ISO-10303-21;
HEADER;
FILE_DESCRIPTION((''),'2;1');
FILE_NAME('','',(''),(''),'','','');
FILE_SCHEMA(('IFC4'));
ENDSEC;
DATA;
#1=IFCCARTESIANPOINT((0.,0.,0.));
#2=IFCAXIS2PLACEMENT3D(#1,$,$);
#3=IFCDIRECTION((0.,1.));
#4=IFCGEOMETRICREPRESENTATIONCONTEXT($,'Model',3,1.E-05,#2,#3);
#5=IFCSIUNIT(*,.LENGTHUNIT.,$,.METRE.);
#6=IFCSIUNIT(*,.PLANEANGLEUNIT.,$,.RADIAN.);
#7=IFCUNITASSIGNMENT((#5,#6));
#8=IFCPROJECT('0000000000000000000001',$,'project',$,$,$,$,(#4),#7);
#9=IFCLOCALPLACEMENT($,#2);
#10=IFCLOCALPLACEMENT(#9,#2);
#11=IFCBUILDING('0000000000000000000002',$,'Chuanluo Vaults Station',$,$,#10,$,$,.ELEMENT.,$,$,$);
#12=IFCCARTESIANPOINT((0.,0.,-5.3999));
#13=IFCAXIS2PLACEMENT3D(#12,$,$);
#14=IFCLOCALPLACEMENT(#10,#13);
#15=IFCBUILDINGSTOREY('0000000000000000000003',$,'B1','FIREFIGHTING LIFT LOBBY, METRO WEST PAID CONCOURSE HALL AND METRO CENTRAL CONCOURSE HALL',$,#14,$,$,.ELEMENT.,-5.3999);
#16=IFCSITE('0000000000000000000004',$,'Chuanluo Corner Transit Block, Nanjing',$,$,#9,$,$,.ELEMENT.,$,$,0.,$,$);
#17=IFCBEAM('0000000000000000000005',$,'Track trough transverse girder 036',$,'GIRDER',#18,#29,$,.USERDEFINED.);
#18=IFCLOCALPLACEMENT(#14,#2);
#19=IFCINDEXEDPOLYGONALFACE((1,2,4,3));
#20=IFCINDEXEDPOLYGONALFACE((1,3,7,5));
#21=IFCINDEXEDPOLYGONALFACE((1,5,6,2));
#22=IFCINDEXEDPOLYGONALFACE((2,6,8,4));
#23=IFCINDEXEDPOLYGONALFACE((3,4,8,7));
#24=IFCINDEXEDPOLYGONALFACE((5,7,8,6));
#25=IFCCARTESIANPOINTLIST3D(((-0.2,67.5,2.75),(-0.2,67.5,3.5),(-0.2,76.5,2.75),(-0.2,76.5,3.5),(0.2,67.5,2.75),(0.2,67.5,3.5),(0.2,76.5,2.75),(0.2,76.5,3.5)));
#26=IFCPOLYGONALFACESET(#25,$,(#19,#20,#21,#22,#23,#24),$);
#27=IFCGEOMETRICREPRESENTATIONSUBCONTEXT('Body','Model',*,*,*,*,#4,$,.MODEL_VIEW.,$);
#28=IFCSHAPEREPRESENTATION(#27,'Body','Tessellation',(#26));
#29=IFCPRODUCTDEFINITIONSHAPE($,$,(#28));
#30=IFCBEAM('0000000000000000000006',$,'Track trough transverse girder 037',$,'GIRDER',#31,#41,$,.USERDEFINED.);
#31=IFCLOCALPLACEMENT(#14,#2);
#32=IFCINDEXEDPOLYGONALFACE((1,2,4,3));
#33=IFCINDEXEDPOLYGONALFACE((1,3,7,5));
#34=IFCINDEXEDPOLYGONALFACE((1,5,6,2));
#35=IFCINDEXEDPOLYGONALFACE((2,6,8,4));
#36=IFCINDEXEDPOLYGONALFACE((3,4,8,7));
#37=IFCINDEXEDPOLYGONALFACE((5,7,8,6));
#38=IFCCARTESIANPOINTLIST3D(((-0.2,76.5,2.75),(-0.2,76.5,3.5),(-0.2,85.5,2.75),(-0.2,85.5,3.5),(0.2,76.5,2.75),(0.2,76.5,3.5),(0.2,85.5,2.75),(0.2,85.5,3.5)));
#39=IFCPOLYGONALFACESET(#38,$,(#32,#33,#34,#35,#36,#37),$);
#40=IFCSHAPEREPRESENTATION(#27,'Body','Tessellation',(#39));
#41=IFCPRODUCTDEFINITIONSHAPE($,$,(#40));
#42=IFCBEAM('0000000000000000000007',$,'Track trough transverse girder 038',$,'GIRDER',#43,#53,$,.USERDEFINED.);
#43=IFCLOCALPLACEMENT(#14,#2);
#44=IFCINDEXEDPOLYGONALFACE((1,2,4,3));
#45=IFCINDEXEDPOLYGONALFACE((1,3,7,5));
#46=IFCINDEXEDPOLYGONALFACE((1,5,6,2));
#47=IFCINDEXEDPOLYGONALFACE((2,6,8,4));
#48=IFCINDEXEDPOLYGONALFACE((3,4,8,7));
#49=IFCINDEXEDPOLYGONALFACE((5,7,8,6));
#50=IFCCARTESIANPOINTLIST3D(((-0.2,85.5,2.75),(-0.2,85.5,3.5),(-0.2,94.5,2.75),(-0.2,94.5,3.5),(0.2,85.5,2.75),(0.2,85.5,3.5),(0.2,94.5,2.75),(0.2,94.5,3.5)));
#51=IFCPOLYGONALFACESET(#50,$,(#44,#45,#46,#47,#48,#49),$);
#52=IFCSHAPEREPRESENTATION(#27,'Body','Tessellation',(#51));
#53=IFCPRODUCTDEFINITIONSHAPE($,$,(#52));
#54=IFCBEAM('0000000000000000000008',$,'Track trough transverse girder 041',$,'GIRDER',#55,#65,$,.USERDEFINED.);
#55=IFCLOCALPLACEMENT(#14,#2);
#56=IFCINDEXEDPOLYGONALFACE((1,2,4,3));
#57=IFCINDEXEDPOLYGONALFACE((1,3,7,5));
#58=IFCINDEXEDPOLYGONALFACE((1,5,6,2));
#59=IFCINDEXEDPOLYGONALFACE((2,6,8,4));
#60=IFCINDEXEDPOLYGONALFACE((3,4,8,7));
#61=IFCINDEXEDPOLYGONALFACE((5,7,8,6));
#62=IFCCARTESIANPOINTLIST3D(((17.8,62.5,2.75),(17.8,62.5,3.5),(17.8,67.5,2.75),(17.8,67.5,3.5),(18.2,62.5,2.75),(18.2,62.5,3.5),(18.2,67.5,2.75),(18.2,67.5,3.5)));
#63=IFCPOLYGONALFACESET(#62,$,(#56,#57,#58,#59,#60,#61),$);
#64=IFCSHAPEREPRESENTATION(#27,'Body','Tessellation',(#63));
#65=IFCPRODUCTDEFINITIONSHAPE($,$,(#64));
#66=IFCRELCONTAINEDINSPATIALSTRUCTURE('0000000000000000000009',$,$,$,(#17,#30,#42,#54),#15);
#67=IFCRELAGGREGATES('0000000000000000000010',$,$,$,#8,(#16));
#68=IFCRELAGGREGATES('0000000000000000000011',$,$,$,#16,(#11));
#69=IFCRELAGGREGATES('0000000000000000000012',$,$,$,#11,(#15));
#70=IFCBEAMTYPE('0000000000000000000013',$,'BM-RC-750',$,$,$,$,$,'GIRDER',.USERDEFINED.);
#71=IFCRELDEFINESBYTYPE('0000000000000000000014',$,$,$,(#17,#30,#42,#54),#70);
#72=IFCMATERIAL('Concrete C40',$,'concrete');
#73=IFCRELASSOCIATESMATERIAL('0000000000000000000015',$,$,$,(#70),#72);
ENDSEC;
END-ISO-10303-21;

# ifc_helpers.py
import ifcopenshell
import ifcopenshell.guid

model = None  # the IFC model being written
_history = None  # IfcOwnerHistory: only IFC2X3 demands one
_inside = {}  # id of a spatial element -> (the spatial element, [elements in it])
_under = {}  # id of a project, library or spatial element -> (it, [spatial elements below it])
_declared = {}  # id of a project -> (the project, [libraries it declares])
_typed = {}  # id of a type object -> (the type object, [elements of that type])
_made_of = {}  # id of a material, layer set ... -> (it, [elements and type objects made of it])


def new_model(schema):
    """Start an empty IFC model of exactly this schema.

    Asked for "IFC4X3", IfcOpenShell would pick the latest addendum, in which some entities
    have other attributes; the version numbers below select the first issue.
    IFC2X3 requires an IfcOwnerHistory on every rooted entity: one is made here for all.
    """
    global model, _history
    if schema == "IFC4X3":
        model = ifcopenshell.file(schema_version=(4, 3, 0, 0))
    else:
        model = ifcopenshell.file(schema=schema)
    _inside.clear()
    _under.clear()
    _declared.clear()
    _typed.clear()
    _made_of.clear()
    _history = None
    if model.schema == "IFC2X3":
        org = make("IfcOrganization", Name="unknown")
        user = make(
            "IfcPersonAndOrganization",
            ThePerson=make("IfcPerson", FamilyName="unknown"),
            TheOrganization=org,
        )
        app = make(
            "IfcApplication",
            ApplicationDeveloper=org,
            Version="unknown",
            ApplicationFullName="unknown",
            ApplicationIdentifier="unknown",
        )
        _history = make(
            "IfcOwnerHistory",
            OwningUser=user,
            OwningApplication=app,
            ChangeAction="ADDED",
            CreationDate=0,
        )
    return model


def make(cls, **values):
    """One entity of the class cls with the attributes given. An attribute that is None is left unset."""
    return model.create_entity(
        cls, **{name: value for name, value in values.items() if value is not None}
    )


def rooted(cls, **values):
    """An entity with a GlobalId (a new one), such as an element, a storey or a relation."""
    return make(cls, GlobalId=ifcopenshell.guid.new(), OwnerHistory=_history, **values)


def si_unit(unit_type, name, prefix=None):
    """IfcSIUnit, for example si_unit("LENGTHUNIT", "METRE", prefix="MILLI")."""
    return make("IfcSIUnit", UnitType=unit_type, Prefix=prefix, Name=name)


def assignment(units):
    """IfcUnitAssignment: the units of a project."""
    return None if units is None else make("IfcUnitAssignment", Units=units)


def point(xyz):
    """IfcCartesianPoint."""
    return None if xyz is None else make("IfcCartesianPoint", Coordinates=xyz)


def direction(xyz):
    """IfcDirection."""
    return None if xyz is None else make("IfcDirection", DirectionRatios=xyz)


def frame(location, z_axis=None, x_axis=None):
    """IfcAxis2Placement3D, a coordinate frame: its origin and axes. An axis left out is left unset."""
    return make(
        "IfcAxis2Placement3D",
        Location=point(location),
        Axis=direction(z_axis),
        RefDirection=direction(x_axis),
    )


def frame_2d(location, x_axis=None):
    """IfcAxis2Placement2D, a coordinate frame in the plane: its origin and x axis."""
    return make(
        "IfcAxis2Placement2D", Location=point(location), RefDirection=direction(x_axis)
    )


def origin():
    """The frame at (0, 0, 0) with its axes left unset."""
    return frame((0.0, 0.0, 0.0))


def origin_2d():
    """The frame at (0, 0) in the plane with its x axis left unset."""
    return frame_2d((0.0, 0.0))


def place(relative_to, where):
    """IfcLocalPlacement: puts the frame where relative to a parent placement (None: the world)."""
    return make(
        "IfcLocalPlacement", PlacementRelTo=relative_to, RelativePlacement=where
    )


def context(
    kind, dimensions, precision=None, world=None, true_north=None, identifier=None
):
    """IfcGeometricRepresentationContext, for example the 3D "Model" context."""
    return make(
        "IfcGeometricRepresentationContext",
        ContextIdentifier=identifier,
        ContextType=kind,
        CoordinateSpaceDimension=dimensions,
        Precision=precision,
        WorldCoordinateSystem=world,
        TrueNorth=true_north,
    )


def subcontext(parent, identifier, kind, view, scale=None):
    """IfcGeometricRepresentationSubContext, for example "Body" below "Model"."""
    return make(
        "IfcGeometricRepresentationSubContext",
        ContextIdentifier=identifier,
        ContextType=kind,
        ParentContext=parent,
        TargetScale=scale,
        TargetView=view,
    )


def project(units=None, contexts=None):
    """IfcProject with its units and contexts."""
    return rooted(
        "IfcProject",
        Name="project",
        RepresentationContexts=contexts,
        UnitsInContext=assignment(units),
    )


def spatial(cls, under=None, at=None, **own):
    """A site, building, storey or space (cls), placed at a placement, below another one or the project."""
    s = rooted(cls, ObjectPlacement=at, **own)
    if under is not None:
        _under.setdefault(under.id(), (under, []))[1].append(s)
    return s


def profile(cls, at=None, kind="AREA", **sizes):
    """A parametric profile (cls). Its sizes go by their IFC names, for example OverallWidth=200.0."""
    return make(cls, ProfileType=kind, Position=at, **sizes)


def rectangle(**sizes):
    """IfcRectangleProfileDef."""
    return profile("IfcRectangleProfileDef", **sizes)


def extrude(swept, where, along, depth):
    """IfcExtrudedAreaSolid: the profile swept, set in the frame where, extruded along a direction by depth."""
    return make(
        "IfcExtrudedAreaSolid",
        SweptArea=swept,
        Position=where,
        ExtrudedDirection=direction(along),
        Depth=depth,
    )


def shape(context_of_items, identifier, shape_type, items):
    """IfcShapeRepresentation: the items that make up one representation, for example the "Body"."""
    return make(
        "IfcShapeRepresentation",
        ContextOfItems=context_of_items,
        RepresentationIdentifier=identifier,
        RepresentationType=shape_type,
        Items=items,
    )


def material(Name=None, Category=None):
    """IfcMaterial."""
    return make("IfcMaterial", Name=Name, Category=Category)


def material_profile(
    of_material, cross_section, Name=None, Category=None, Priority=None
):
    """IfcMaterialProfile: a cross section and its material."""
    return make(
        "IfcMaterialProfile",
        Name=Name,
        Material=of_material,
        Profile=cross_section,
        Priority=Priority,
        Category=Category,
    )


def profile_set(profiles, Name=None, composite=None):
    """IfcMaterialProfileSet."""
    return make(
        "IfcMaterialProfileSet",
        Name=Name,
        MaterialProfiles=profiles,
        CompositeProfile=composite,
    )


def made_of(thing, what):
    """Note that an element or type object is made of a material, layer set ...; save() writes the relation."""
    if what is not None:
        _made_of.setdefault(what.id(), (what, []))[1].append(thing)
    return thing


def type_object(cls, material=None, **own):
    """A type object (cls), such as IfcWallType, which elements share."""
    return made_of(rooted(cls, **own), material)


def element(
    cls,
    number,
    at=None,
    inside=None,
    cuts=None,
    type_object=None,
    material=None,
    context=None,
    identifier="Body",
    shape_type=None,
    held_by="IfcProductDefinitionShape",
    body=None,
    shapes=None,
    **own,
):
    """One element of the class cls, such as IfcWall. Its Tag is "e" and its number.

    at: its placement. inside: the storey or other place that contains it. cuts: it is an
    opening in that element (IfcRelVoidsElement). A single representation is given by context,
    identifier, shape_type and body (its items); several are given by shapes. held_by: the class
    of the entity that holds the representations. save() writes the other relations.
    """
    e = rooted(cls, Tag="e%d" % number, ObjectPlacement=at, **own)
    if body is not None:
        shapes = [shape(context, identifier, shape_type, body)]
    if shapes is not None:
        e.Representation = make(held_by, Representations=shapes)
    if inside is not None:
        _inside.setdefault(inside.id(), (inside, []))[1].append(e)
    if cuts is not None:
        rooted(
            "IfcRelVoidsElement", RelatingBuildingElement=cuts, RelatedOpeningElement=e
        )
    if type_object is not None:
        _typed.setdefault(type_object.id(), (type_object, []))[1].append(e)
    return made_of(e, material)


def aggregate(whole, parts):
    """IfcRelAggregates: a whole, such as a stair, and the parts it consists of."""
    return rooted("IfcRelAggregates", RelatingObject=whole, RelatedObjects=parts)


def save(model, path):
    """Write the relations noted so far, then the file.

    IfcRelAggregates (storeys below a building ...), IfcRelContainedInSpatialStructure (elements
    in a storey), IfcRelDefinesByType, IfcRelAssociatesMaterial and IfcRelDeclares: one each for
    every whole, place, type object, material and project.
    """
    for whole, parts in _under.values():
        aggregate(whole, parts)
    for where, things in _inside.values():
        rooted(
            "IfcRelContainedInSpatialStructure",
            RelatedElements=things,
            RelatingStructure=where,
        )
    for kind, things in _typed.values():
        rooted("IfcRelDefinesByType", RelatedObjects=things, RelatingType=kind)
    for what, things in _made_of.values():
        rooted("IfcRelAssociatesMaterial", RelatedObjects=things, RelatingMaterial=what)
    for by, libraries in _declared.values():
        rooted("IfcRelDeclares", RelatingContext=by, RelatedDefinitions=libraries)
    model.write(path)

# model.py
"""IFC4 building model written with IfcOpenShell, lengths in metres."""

from ifc_helpers import new_model, si_unit, direction, frame, origin, origin_2d, place, context, subcontext, project, spatial, rectangle, extrude, material, material_profile, profile_set, type_object, element, save


model = new_model("IFC4")

# Units and contexts
model_context = context("Model", 3, precision=1e-05, world=origin(), true_north=direction((0.0, 1.0)))
body_context = subcontext(model_context, "Body", "Model", "MODEL_VIEW")
ifc_project = project(units=[si_unit("LENGTHUNIT", "METRE"), si_unit("PLANEANGLEUNIT", "RADIAN")], contexts=[model_context])

# Site, building, storey
site_placement = place(None, origin())
site = spatial("IfcSite", under=ifc_project, at=site_placement, Name="Chuanluo Corner Transit Block, Nanjing", CompositionType="ELEMENT", RefElevation=0.0)
building_placement = place(site_placement, origin())
building = spatial("IfcBuilding", under=site, at=building_placement, Name="Chuanluo Vaults Station", CompositionType="ELEMENT")
storey_placement = place(building_placement, frame((0.0, 0.0, -5.3999)))
storey = spatial("IfcBuildingStorey", under=building, at=storey_placement, Name="B1", Description="FIREFIGHTING LIFT LOBBY, METRO WEST PAID CONCOURSE HALL AND METRO CENTRAL CONCOURSE HALL", CompositionType="ELEMENT", Elevation=-5.3999)

# Beams
ifc_material_1 = material(Name="Concrete C40", Category="concrete")
ifc_material_profile_1 = material_profile(ifc_material_1, rectangle(XDim=0.3999, YDim=0.75, at=origin_2d()))
ifc_profile_set_1 = profile_set([ifc_material_profile_1], Name="Concrete C40")
beam_type = type_object("IfcBeamType", Name="BM-RC-750", ElementType="GIRDER", PredefinedType="USERDEFINED", material=ifc_profile_set_1)
for number, where, z_axis, x_axis, name in (
    (1, (0.0, 67.5, 3.125), (0.0, 1.0, 0.0), (-1.0, 0.0, 0.0), "Track trough transverse girder 036"),
    (2, (0.0, 76.5, 3.125), (0.0, 1.0, 0.0), (-1.0, 0.0, 0.0), "Track trough transverse girder 037"),
    (3, (0.0, 85.5, 3.125), (0.0, 1.0, 0.0), (-1.0, 0.0, 0.0), "Track trough transverse girder 038"),
):
    element("IfcBeam", number, at=place(storey_placement, frame(where, z_axis=z_axis, x_axis=x_axis)), inside=storey, type_object=beam_type, Name=name, ObjectType="GIRDER", PredefinedType="USERDEFINED", context=body_context, shape_type="SweptSolid", body=[
        extrude(rectangle(XDim=0.3999, YDim=0.75, at=origin_2d()), origin(), (0.0, 0.0, 1.0), 9.0),
    ])
beam_1_placement = place(storey_placement, frame((18.0, 62.5, 3.125), z_axis=(0.0, 1.0, 0.0), x_axis=(-1.0, 0.0, 0.0)))
element("IfcBeam", 4, at=beam_1_placement, inside=storey, type_object=beam_type, Name="Track trough transverse girder 041", ObjectType="GIRDER", PredefinedType="USERDEFINED", context=body_context, shape_type="SweptSolid", body=[
    extrude(rectangle(XDim=0.3999, YDim=0.75, at=origin_2d()), origin(), (0.0, 0.0, 1.0), 5.0),
])

save(model, "model.ifc")
